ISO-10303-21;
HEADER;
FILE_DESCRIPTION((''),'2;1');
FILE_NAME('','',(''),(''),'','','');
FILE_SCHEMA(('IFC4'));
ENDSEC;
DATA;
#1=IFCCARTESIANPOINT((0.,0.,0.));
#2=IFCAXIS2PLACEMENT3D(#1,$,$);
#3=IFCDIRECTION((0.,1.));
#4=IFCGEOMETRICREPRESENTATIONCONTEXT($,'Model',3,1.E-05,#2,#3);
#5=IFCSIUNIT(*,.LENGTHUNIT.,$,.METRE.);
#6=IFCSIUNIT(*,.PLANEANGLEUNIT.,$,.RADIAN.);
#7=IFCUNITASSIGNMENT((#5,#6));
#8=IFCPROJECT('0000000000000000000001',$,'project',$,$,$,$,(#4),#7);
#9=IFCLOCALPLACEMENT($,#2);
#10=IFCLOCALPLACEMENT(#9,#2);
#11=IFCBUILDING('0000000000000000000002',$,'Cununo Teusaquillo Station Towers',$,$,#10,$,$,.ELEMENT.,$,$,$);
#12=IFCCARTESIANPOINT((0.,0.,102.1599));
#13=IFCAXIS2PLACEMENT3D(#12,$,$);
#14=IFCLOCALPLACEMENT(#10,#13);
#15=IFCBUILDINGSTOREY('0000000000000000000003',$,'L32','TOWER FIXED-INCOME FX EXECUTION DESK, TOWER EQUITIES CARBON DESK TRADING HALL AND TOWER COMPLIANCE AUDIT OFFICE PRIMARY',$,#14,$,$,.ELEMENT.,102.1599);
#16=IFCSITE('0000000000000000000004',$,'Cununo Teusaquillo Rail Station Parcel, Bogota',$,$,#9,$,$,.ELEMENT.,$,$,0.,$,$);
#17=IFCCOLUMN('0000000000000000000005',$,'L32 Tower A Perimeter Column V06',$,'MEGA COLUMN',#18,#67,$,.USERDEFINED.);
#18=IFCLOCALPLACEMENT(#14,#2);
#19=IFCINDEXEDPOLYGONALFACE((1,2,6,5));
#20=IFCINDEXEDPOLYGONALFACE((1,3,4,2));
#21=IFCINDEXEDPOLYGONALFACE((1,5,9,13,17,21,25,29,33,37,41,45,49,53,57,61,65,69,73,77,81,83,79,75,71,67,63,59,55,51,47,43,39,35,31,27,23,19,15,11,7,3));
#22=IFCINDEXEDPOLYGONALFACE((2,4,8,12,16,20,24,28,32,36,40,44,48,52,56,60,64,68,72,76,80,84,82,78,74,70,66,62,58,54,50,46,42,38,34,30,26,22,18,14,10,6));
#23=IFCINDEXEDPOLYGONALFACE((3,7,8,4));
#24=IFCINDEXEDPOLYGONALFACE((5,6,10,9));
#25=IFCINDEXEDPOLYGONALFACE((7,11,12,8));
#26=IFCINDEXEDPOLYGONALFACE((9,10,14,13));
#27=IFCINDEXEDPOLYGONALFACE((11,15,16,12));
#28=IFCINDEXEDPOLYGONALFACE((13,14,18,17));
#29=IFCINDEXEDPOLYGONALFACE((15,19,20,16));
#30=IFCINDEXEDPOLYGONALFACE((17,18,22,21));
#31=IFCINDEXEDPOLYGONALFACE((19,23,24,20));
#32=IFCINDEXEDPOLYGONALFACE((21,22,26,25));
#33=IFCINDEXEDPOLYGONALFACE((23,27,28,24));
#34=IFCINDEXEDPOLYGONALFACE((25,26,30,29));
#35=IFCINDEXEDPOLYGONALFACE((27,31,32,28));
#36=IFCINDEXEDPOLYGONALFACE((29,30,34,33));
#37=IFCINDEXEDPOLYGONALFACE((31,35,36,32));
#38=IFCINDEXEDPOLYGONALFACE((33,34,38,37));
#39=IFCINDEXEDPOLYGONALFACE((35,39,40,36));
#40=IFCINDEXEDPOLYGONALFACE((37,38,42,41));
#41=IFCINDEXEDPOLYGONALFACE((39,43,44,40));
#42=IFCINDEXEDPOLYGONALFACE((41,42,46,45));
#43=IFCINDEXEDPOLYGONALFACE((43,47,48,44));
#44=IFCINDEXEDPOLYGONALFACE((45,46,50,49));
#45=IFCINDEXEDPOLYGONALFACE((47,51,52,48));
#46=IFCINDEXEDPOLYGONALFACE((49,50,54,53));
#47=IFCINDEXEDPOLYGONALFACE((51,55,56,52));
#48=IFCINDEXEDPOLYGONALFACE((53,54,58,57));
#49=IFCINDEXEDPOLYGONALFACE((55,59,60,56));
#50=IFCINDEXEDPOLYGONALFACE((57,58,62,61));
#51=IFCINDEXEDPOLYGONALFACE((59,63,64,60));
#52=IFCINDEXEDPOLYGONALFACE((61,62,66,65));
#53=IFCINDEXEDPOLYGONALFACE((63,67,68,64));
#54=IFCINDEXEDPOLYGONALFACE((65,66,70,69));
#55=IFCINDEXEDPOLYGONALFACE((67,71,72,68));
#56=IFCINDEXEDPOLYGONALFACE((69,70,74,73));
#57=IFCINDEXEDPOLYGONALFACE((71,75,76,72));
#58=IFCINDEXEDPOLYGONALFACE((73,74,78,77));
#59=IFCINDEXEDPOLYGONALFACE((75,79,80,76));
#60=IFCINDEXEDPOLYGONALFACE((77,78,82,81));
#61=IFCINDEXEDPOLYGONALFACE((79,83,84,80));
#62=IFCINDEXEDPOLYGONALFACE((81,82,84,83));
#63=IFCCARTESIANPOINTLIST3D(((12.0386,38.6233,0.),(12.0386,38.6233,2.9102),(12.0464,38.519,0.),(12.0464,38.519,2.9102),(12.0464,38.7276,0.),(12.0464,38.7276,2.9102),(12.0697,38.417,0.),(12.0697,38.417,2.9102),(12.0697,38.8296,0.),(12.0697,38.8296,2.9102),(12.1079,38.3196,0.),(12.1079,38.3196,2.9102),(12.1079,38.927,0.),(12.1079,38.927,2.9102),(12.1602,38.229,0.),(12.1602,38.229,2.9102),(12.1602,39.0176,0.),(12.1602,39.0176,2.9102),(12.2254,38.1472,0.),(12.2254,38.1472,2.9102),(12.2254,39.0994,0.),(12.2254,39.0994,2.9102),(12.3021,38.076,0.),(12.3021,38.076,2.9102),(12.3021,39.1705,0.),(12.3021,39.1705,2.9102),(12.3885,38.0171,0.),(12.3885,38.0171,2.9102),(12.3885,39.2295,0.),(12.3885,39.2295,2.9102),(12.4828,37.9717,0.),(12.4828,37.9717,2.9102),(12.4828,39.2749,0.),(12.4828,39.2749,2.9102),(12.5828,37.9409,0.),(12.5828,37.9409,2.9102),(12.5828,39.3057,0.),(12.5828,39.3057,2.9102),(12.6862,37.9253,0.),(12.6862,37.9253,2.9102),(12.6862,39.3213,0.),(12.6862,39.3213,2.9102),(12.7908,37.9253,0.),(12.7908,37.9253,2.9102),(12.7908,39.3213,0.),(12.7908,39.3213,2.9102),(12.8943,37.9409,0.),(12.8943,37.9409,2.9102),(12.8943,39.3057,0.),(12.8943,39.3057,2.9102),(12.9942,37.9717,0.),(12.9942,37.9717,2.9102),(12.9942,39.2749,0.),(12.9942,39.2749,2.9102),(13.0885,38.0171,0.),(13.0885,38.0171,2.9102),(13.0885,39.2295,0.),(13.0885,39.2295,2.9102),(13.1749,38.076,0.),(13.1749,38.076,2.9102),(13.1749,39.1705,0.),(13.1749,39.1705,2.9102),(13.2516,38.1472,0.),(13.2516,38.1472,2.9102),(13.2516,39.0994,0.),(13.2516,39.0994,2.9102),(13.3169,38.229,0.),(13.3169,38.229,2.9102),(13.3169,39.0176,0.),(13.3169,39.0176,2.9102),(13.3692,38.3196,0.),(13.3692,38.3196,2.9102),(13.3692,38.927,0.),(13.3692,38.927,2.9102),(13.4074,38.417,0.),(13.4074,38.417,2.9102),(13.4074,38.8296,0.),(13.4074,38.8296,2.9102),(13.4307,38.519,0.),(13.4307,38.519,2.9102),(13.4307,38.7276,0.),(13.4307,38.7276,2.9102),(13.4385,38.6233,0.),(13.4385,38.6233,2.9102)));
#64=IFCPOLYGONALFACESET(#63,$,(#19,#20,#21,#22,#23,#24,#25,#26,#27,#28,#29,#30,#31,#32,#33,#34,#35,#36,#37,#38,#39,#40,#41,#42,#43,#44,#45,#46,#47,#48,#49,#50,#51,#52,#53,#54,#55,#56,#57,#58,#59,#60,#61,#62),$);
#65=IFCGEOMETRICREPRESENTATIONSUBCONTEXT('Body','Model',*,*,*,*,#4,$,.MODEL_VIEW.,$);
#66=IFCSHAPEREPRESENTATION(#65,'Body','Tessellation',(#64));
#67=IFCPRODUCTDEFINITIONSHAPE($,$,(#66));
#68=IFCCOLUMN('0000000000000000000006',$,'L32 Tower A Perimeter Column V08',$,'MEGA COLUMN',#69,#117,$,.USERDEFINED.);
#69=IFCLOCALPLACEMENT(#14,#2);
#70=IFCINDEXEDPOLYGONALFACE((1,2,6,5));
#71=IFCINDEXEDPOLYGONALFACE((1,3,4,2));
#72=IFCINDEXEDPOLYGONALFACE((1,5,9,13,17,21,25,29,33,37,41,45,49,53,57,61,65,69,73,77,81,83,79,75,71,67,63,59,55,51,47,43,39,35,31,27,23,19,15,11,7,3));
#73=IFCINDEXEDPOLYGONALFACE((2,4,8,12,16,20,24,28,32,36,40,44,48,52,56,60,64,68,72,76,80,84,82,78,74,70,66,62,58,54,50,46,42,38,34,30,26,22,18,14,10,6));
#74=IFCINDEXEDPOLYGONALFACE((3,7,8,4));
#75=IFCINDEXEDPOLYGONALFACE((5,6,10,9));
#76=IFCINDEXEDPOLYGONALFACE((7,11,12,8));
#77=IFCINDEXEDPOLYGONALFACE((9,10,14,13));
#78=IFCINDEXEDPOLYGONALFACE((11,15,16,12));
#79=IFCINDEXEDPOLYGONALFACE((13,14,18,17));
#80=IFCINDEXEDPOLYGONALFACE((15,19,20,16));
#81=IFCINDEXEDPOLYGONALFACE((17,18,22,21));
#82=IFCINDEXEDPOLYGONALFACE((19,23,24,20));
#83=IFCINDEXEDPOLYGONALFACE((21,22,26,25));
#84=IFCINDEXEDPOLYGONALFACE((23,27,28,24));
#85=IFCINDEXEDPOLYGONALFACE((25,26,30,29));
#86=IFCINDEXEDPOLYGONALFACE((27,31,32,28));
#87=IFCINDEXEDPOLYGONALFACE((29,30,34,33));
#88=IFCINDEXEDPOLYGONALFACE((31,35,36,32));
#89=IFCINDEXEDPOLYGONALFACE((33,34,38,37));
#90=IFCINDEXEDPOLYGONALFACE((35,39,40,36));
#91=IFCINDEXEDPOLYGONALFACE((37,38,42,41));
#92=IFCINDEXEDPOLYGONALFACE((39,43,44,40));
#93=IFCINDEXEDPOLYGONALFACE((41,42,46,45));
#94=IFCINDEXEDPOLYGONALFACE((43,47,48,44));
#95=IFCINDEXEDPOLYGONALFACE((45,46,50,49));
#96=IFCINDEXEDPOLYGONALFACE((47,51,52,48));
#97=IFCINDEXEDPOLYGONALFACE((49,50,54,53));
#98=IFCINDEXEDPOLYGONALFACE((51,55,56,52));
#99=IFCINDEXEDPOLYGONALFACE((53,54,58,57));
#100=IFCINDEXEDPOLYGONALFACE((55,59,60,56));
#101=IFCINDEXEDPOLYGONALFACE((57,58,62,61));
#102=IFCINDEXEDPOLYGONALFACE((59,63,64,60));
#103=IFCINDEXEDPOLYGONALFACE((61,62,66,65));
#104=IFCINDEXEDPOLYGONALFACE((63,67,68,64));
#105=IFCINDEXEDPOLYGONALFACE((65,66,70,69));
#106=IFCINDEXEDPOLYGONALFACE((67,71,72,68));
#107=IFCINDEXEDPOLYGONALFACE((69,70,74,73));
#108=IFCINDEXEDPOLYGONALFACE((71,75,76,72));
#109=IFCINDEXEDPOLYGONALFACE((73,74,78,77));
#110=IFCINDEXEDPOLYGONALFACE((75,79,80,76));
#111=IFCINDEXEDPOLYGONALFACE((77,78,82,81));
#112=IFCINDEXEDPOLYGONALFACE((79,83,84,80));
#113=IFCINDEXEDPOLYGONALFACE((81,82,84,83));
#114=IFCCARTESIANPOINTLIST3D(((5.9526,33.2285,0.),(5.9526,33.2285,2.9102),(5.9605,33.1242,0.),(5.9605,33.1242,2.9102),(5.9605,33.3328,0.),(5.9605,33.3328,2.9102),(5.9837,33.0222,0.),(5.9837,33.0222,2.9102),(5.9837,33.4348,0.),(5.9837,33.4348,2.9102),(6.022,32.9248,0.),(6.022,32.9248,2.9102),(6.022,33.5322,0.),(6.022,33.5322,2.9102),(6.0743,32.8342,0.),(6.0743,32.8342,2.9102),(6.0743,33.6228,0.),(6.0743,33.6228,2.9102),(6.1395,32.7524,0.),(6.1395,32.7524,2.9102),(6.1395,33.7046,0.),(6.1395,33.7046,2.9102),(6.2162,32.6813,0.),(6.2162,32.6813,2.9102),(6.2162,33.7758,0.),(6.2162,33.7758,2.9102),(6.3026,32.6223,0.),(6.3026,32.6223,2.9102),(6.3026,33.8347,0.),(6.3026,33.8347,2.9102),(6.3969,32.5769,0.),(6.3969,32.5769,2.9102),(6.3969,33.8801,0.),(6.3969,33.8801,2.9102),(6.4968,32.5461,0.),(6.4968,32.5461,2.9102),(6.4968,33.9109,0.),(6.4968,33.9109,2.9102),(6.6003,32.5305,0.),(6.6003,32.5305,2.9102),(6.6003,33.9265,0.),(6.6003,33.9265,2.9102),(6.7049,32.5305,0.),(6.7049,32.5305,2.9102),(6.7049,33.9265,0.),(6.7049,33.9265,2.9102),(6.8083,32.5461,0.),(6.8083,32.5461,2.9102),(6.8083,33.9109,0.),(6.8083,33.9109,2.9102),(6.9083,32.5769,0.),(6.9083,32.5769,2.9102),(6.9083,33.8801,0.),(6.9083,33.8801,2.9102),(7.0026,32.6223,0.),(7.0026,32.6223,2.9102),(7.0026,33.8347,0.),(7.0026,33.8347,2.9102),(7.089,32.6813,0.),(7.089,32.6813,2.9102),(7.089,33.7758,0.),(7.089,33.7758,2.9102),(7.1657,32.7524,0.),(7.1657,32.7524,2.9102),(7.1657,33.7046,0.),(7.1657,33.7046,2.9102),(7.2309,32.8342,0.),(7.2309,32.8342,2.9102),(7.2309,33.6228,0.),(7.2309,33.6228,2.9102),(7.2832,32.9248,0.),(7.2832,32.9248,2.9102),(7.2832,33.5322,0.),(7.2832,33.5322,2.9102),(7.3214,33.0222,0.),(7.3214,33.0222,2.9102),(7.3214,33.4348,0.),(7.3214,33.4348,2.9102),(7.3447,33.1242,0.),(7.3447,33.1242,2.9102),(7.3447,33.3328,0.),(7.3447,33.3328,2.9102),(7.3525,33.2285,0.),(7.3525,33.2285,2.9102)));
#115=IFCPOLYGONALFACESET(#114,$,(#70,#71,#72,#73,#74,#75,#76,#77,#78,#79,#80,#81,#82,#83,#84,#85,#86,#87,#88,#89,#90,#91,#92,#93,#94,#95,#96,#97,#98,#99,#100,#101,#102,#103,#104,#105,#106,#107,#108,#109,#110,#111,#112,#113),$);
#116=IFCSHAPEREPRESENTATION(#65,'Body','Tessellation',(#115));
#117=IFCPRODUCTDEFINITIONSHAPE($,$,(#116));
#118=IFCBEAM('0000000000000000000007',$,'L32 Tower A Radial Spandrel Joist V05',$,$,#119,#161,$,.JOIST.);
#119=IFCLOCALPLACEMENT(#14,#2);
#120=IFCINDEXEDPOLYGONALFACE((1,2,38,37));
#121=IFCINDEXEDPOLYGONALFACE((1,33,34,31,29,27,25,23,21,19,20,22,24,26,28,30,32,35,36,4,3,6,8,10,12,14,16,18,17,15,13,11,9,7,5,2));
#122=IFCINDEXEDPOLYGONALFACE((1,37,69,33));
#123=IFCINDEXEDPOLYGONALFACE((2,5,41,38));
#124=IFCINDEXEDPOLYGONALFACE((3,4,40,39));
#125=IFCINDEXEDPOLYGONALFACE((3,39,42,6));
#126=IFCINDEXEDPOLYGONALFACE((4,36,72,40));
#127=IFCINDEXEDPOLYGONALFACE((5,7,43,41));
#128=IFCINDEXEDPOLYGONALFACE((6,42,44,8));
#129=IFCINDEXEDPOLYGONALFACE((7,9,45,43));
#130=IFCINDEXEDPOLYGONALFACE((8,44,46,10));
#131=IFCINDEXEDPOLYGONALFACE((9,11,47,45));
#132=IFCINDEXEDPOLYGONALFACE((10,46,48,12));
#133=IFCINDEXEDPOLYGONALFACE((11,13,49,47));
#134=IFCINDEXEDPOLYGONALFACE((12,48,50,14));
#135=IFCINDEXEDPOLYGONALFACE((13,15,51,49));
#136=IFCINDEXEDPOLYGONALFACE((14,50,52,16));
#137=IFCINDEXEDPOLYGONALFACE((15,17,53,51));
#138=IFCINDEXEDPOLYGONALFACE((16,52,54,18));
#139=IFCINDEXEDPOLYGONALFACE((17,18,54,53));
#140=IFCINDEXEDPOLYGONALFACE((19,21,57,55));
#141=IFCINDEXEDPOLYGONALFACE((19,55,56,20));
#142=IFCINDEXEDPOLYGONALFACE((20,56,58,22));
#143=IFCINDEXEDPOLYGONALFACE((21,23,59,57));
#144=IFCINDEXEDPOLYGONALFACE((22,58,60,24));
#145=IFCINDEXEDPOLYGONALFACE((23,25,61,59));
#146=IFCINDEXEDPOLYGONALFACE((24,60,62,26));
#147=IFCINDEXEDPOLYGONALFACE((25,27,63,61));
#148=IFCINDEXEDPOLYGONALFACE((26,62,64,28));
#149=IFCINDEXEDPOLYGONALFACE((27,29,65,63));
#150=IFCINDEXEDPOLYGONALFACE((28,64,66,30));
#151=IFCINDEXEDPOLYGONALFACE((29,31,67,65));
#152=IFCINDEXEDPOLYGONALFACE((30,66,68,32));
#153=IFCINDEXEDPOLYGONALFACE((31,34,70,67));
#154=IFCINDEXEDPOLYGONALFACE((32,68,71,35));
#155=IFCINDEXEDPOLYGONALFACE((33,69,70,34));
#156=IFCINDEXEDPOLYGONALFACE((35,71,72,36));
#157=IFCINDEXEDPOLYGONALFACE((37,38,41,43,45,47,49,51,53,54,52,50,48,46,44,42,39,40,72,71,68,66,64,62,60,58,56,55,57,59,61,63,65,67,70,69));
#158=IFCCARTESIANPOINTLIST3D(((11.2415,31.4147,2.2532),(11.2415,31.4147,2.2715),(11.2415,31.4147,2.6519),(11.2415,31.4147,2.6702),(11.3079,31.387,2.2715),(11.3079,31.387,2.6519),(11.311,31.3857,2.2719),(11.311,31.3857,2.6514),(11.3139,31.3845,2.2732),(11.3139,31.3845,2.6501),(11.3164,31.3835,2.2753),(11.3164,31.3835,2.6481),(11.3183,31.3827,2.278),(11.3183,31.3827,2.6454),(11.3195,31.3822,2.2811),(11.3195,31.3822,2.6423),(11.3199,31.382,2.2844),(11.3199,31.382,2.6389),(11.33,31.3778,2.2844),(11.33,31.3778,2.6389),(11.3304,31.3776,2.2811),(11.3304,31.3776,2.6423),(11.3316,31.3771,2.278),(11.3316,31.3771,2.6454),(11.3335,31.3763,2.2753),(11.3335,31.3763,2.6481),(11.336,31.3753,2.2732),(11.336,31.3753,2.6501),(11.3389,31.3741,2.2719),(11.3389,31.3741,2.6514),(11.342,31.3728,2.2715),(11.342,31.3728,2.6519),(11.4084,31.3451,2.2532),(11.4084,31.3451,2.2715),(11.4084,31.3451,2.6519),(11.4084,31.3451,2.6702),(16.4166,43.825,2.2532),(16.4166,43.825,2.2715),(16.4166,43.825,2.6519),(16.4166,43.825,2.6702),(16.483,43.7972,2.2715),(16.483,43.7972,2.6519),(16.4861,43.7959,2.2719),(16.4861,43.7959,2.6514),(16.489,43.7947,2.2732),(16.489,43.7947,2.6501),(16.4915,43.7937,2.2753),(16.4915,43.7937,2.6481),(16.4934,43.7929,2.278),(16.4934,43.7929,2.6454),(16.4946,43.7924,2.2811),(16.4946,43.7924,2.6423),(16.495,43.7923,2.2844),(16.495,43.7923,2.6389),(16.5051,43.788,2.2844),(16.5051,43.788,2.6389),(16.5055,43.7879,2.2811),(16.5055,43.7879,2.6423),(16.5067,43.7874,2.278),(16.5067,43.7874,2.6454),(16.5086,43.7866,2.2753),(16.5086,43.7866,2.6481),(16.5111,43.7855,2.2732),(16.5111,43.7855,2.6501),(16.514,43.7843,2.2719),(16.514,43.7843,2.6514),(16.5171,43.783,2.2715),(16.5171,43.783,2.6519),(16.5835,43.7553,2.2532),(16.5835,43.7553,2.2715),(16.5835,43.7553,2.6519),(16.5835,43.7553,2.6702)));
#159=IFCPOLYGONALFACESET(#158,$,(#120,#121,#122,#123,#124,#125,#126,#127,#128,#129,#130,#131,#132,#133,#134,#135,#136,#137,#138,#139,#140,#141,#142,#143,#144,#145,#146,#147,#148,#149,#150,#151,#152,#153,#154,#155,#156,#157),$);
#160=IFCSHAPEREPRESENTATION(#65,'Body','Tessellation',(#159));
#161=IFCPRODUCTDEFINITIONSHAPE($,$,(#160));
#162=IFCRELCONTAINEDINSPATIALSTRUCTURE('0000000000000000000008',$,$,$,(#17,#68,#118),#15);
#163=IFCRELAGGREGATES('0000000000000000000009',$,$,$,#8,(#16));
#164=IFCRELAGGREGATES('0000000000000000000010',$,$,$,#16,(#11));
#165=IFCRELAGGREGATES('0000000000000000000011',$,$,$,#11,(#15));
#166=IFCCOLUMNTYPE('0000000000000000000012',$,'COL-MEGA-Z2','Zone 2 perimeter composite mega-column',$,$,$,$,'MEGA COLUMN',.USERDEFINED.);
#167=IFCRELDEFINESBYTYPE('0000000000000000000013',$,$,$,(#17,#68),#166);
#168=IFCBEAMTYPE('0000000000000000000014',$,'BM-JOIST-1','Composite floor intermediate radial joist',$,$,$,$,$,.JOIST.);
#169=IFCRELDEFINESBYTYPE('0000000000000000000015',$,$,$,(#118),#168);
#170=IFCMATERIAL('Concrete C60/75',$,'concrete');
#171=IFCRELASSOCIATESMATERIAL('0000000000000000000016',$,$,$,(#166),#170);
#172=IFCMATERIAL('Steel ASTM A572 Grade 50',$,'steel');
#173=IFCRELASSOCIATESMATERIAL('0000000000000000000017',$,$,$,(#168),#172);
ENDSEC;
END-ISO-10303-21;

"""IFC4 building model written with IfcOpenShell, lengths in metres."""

from ifc_helpers import new_model, si_unit, direction, frame, origin, origin_2d, place, context, subcontext, project, spatial, circle, i_section, extrude, material, material_profile, profile_set, type_object, element, save


model = new_model("IFC4")

# Units and contexts
model_context = context("Model", 3, precision=1e-05, world=origin(), true_north=direction((0.0, 1.0)))
body_context = subcontext(model_context, "Body", "Model", "MODEL_VIEW")
ifc_project = project(units=[si_unit("LENGTHUNIT", "METRE"), si_unit("PLANEANGLEUNIT", "RADIAN")], contexts=[model_context])

# Site, building, storey
site_placement = place(None, origin())
site = spatial("IfcSite", under=ifc_project, at=site_placement, Name="Cununo Teusaquillo Rail Station Parcel, Bogota", CompositionType="ELEMENT", RefElevation=0.0)
building_placement = place(site_placement, origin())
building = spatial("IfcBuilding", under=site, at=building_placement, Name="Cununo Teusaquillo Station Towers", CompositionType="ELEMENT")
storey_placement = place(building_placement, frame((0.0, 0.0, 102.1599)))
storey = spatial("IfcBuildingStorey", under=building, at=storey_placement, Name="L32", Description="TOWER FIXED-INCOME FX EXECUTION DESK, TOWER EQUITIES CARBON DESK TRADING HALL AND TOWER COMPLIANCE AUDIT OFFICE PRIMARY", CompositionType="ELEMENT", Elevation=102.1599)

# Columns
ifc_material_1 = material(Name="Concrete C60/75", Category="concrete")
ifc_material_profile_1 = material_profile(ifc_material_1, circle(Radius=0.7, at=origin_2d()), Name="RC-CIRC-1400")
ifc_profile_set_1 = profile_set([ifc_material_profile_1], Name="Concrete C60/75")
column_type = type_object("IfcColumnType", Name="COL-MEGA-Z2", Description="Zone 2 perimeter composite mega-column", ElementType="MEGA COLUMN", PredefinedType="USERDEFINED", material=ifc_profile_set_1)
for number, where, z_axis, x_axis, name in (
    (1, (12.7385, 38.6233, 0.0), (0.0, 0.0, 1.0), (1.0, 0.0, 0.0), "L32 Tower A Perimeter Column V06"),
    (2, (6.6526, 33.2285, 0.0), (0.0, 0.0, 1.0), (1.0, 0.0, 0.0), "L32 Tower A Perimeter Column V08"),
):
    element("IfcColumn", number, at=place(storey_placement, frame(where, z_axis=z_axis, x_axis=x_axis)), inside=storey, type_object=column_type, Name=name, ObjectType="MEGA COLUMN", PredefinedType="USERDEFINED", context=body_context, shape_type="SweptSolid", body=[
        extrude(circle(Radius=0.7, at=origin_2d()), origin(), (0.0, 0.0, 1.0), 2.9102),
    ])

# Beam
ifc_material_2 = material(Name="Steel ASTM A572 Grade 50", Category="steel")
ifc_material_profile_2 = material_profile(ifc_material_2, i_section(OverallWidth=0.1809, OverallDepth=0.417, WebThickness=0.011, FlangeThickness=0.0183, FilletRadius=0.0129, at=origin_2d()), Name="W16X57")
ifc_profile_set_2 = profile_set([ifc_material_profile_2], Name="Steel ASTM A572 Grade 50")
beam_type_1 = type_object("IfcBeamType", Name="BM-JOIST-1", Description="Composite floor intermediate radial joist", PredefinedType="JOIST", material=ifc_profile_set_2)
beam_1_placement = place(storey_placement, frame((11.325, 31.3799, 2.4617), z_axis=(0.384878, 0.922967, 0.0), x_axis=(-0.922967, 0.384878, 0.0)))
element("IfcBeam", 3, at=beam_1_placement, inside=storey, type_object=beam_type_1, Name="L32 Tower A Radial Spandrel Joist V05", PredefinedType="JOIST", context=body_context, shape_type="SweptSolid", body=[
    extrude(i_section(OverallWidth=0.1809, OverallDepth=0.417, WebThickness=0.011, FlangeThickness=0.0183, FilletRadius=0.0129, at=origin_2d()), origin(), (0.0, 0.0, 1.0), 13.446),
])

save(model, "model.ifc")
